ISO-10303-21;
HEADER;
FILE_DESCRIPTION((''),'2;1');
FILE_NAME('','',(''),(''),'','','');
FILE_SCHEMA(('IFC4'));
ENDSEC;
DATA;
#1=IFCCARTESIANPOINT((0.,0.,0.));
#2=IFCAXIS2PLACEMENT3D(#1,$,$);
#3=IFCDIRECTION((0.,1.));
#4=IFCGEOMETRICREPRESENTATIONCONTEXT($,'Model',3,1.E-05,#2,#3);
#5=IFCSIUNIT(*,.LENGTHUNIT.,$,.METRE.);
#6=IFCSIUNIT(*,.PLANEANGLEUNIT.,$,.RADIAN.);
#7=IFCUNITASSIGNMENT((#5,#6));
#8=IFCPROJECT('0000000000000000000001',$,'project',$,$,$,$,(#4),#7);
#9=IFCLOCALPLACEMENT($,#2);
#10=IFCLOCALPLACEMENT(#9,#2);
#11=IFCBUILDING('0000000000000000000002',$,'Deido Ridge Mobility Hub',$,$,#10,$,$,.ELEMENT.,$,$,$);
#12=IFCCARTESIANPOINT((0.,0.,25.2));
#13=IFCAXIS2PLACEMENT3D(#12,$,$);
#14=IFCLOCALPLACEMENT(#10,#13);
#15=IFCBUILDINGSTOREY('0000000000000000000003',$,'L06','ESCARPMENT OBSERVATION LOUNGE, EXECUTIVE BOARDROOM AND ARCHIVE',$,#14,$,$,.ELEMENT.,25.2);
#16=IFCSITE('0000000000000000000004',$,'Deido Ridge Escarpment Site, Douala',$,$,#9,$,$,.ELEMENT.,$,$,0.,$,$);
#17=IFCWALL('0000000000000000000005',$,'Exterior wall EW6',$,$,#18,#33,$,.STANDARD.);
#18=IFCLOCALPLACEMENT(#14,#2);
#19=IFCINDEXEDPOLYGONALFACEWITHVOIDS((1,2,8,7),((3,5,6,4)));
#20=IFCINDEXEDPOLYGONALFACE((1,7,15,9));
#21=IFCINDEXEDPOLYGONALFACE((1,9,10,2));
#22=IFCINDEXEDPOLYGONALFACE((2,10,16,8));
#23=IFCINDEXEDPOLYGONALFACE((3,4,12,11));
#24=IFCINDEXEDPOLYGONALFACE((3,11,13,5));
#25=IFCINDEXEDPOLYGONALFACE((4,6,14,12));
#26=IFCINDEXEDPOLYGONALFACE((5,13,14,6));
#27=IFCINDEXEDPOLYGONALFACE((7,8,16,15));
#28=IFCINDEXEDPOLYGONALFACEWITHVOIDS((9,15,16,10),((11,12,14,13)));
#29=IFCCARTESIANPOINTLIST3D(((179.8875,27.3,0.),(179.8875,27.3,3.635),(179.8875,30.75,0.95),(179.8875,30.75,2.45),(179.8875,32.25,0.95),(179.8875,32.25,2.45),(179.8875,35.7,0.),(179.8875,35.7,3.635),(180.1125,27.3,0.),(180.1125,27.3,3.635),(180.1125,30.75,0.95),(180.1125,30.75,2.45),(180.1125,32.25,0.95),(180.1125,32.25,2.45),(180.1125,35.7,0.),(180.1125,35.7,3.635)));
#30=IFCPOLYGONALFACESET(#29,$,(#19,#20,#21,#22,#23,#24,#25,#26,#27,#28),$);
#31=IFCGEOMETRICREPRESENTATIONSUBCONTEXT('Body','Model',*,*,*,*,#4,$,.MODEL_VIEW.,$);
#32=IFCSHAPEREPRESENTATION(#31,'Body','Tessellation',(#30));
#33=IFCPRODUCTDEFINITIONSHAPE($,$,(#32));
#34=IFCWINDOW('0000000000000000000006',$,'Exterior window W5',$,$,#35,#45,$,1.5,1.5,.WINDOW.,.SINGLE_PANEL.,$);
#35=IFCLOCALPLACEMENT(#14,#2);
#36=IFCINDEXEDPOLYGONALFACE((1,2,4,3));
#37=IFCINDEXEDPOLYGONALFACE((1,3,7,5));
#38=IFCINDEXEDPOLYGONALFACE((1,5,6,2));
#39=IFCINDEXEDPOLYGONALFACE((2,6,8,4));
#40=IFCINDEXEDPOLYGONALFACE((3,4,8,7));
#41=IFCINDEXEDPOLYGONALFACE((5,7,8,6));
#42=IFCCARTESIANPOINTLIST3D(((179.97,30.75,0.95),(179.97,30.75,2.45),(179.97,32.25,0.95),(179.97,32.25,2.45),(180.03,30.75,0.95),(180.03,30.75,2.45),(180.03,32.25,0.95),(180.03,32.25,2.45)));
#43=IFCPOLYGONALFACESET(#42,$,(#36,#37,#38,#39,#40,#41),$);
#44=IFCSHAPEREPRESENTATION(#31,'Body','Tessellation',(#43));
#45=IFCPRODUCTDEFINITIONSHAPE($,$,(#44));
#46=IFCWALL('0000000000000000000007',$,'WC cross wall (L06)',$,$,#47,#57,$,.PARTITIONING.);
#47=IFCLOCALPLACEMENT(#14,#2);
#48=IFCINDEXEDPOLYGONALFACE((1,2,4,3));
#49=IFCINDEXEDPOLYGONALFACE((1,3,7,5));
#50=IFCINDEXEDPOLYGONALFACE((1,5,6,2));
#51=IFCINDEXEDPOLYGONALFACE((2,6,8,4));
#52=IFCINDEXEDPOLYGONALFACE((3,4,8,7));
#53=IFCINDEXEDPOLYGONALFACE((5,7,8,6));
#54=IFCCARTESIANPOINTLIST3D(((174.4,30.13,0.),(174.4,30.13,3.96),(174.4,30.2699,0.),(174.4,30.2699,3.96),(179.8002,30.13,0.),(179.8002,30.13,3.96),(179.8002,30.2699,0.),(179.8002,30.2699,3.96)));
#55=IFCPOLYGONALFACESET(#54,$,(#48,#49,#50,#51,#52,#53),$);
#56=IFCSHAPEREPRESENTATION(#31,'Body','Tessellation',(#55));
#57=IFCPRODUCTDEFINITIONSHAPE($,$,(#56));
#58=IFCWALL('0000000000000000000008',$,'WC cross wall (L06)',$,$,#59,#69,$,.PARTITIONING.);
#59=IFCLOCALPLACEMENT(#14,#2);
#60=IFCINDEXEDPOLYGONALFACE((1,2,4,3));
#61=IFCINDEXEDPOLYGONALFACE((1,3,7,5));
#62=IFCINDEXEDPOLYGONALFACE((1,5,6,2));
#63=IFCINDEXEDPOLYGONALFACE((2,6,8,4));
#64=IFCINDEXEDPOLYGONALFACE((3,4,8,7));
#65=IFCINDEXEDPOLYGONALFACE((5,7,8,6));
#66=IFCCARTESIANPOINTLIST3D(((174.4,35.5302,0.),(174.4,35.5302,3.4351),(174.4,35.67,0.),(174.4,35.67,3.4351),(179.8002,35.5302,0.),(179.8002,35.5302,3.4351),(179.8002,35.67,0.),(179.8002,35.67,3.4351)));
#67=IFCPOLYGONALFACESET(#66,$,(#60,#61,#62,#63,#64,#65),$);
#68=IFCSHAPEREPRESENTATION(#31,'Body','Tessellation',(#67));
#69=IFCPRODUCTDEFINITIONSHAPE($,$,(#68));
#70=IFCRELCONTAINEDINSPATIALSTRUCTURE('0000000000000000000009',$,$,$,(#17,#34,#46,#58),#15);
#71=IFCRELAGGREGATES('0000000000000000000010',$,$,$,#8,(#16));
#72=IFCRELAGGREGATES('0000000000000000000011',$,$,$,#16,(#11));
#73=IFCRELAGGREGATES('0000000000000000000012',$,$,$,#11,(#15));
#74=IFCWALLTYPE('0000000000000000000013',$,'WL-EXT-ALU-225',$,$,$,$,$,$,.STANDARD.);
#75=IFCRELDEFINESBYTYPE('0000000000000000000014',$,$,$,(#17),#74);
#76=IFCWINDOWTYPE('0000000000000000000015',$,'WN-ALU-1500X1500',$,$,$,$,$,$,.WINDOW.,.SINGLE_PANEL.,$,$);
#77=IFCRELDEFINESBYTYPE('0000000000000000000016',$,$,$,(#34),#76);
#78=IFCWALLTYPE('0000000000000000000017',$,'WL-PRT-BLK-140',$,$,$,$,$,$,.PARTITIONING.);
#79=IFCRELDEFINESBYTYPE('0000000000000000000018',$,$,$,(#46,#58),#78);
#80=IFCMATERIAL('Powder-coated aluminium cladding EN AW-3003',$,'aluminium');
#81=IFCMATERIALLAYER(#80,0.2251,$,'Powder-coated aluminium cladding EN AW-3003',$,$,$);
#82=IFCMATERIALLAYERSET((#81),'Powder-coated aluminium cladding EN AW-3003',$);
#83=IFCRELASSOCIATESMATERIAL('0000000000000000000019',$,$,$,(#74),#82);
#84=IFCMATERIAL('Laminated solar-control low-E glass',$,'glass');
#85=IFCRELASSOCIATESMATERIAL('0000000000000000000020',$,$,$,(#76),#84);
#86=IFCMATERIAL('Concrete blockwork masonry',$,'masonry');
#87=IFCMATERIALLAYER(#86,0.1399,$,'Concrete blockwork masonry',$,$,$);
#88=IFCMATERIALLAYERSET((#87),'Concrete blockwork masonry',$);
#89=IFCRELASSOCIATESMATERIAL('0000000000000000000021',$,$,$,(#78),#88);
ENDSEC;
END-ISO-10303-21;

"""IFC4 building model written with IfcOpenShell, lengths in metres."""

from ifc_helpers import new_model, si_unit, direction, frame, frame_2d, origin, place, context, subcontext, project, spatial, rectangle, extrude, material, layer, layer_set, type_object, element, fill, save


model = new_model("IFC4")

# Units and contexts
model_context = context("Model", 3, precision=1e-05, world=origin(), true_north=direction((0.0, 1.0)))
body_context = subcontext(model_context, "Body", "Model", "MODEL_VIEW")
ifc_project = project(units=[si_unit("LENGTHUNIT", "METRE"), si_unit("PLANEANGLEUNIT", "RADIAN")], contexts=[model_context])

# Site, building, storey
site_placement = place(None, origin())
site = spatial("IfcSite", under=ifc_project, at=site_placement, Name="Deido Ridge Escarpment Site, Douala", CompositionType="ELEMENT", RefElevation=0.0)
building_placement = place(site_placement, origin())
building = spatial("IfcBuilding", under=site, at=building_placement, Name="Deido Ridge Mobility Hub", CompositionType="ELEMENT")
storey_placement = place(building_placement, frame((0.0, 0.0, 25.2)))
storey = spatial("IfcBuildingStorey", under=building, at=storey_placement, Name="L06", Description="ESCARPMENT OBSERVATION LOUNGE, EXECUTIVE BOARDROOM AND ARCHIVE", CompositionType="ELEMENT", Elevation=25.2)

# Shared definitions
ifc_material_1 = material(Name="Laminated solar-control low-E glass", Category="glass")

# Wall, opening, window
ifc_material_2 = material(Name="Powder-coated aluminium cladding EN AW-3003", Category="aluminium")
ifc_layer_1 = layer(ifc_material_2, 0.2251, Name="Powder-coated aluminium cladding EN AW-3003")
ifc_layer_set_1 = layer_set([ifc_layer_1], Name="Powder-coated aluminium cladding EN AW-3003")
wall_type_1 = type_object("IfcWallType", Name="WL-EXT-ALU-225", PredefinedType="STANDARD", material=ifc_layer_set_1)
wall_1_placement = place(storey_placement, frame((180.0, 27.3, 0.0), z_axis=(0.0, 0.0, 1.0), x_axis=(0.0, 1.0, 0.0)))
wall_1 = element("IfcWall", 1, at=wall_1_placement, inside=storey, type_object=wall_type_1, Name="Exterior wall EW6", PredefinedType="STANDARD", context=body_context, shape_type="SweptSolid", body=[
    extrude(rectangle(XDim=8.3999, YDim=0.2251, at=frame_2d((4.2, 0.0))), origin(), (0.0, 0.0, 1.0), 3.635),
])
opening_placement = place(wall_1_placement, frame((3.45, 0.0, 0.95)))
opening = element("IfcOpeningElement", 2, at=opening_placement, cuts=wall_1, PredefinedType="OPENING", context=body_context, shape_type="SweptSolid", body=[
    extrude(rectangle(XDim=1.5, YDim=1.5, at=frame_2d((0.75, 0.75))), frame((0.0, 0.1226, 0.0), z_axis=(0.0, -1.0, 0.0), x_axis=(1.0, 0.0, 0.0)), (0.0, 0.0, 1.0), 0.2451),
])
window_type = type_object("IfcWindowType", Name="WN-ALU-1500X1500", PartitioningType="SINGLE_PANEL", PredefinedType="WINDOW", material=ifc_material_1)
window_placement = place(opening_placement, origin())
window = element("IfcWindow", 3, at=window_placement, inside=storey, type_object=window_type, Name="Exterior window W5", OverallHeight=1.5, OverallWidth=1.5, PartitioningType="SINGLE_PANEL", PredefinedType="WINDOW", context=body_context, shape_type="SweptSolid", body=[
    extrude(rectangle(XDim=1.5, YDim=1.5, at=frame_2d((0.75, 0.75))), frame((0.0, 0.03, 0.0), z_axis=(0.0, -1.0, 0.0), x_axis=(1.0, 0.0, 0.0)), (0.0, 0.0, 1.0), 0.0601),
])
fill(opening, window)

# Walls
ifc_material_3 = material(Name="Concrete blockwork masonry", Category="masonry")
ifc_layer_2 = layer(ifc_material_3, 0.1399, Name="Concrete blockwork masonry")
ifc_layer_set_2 = layer_set([ifc_layer_2], Name="Concrete blockwork masonry")
wall_type_2 = type_object("IfcWallType", Name="WL-PRT-BLK-140", PredefinedType="PARTITIONING", material=ifc_layer_set_2)
wall_2_placement = place(storey_placement, frame((174.3999, 30.2, 0.0), z_axis=(0.0, 0.0, 1.0), x_axis=(1.0, 0.0, 0.0)))
element("IfcWall", 4, at=wall_2_placement, inside=storey, type_object=wall_type_2, Name="WC cross wall (L06)", PredefinedType="PARTITIONING", context=body_context, shape_type="SweptSolid", body=[
    extrude(rectangle(XDim=5.4001, YDim=0.1399, at=frame_2d((2.7002, 0.0))), origin(), (0.0, 0.0, 1.0), 3.96),
])
wall_3_placement = place(storey_placement, frame((174.3999, 35.6001, 0.0), z_axis=(0.0, 0.0, 1.0), x_axis=(1.0, 0.0, 0.0)))
element("IfcWall", 5, at=wall_3_placement, inside=storey, type_object=wall_type_2, Name="WC cross wall (L06)", PredefinedType="PARTITIONING", context=body_context, shape_type="SweptSolid", body=[
    extrude(rectangle(XDim=5.4001, YDim=0.1399, at=frame_2d((2.7002, 0.0))), origin(), (0.0, 0.0, 1.0), 3.4351),
])

save(model, "model.ifc")
